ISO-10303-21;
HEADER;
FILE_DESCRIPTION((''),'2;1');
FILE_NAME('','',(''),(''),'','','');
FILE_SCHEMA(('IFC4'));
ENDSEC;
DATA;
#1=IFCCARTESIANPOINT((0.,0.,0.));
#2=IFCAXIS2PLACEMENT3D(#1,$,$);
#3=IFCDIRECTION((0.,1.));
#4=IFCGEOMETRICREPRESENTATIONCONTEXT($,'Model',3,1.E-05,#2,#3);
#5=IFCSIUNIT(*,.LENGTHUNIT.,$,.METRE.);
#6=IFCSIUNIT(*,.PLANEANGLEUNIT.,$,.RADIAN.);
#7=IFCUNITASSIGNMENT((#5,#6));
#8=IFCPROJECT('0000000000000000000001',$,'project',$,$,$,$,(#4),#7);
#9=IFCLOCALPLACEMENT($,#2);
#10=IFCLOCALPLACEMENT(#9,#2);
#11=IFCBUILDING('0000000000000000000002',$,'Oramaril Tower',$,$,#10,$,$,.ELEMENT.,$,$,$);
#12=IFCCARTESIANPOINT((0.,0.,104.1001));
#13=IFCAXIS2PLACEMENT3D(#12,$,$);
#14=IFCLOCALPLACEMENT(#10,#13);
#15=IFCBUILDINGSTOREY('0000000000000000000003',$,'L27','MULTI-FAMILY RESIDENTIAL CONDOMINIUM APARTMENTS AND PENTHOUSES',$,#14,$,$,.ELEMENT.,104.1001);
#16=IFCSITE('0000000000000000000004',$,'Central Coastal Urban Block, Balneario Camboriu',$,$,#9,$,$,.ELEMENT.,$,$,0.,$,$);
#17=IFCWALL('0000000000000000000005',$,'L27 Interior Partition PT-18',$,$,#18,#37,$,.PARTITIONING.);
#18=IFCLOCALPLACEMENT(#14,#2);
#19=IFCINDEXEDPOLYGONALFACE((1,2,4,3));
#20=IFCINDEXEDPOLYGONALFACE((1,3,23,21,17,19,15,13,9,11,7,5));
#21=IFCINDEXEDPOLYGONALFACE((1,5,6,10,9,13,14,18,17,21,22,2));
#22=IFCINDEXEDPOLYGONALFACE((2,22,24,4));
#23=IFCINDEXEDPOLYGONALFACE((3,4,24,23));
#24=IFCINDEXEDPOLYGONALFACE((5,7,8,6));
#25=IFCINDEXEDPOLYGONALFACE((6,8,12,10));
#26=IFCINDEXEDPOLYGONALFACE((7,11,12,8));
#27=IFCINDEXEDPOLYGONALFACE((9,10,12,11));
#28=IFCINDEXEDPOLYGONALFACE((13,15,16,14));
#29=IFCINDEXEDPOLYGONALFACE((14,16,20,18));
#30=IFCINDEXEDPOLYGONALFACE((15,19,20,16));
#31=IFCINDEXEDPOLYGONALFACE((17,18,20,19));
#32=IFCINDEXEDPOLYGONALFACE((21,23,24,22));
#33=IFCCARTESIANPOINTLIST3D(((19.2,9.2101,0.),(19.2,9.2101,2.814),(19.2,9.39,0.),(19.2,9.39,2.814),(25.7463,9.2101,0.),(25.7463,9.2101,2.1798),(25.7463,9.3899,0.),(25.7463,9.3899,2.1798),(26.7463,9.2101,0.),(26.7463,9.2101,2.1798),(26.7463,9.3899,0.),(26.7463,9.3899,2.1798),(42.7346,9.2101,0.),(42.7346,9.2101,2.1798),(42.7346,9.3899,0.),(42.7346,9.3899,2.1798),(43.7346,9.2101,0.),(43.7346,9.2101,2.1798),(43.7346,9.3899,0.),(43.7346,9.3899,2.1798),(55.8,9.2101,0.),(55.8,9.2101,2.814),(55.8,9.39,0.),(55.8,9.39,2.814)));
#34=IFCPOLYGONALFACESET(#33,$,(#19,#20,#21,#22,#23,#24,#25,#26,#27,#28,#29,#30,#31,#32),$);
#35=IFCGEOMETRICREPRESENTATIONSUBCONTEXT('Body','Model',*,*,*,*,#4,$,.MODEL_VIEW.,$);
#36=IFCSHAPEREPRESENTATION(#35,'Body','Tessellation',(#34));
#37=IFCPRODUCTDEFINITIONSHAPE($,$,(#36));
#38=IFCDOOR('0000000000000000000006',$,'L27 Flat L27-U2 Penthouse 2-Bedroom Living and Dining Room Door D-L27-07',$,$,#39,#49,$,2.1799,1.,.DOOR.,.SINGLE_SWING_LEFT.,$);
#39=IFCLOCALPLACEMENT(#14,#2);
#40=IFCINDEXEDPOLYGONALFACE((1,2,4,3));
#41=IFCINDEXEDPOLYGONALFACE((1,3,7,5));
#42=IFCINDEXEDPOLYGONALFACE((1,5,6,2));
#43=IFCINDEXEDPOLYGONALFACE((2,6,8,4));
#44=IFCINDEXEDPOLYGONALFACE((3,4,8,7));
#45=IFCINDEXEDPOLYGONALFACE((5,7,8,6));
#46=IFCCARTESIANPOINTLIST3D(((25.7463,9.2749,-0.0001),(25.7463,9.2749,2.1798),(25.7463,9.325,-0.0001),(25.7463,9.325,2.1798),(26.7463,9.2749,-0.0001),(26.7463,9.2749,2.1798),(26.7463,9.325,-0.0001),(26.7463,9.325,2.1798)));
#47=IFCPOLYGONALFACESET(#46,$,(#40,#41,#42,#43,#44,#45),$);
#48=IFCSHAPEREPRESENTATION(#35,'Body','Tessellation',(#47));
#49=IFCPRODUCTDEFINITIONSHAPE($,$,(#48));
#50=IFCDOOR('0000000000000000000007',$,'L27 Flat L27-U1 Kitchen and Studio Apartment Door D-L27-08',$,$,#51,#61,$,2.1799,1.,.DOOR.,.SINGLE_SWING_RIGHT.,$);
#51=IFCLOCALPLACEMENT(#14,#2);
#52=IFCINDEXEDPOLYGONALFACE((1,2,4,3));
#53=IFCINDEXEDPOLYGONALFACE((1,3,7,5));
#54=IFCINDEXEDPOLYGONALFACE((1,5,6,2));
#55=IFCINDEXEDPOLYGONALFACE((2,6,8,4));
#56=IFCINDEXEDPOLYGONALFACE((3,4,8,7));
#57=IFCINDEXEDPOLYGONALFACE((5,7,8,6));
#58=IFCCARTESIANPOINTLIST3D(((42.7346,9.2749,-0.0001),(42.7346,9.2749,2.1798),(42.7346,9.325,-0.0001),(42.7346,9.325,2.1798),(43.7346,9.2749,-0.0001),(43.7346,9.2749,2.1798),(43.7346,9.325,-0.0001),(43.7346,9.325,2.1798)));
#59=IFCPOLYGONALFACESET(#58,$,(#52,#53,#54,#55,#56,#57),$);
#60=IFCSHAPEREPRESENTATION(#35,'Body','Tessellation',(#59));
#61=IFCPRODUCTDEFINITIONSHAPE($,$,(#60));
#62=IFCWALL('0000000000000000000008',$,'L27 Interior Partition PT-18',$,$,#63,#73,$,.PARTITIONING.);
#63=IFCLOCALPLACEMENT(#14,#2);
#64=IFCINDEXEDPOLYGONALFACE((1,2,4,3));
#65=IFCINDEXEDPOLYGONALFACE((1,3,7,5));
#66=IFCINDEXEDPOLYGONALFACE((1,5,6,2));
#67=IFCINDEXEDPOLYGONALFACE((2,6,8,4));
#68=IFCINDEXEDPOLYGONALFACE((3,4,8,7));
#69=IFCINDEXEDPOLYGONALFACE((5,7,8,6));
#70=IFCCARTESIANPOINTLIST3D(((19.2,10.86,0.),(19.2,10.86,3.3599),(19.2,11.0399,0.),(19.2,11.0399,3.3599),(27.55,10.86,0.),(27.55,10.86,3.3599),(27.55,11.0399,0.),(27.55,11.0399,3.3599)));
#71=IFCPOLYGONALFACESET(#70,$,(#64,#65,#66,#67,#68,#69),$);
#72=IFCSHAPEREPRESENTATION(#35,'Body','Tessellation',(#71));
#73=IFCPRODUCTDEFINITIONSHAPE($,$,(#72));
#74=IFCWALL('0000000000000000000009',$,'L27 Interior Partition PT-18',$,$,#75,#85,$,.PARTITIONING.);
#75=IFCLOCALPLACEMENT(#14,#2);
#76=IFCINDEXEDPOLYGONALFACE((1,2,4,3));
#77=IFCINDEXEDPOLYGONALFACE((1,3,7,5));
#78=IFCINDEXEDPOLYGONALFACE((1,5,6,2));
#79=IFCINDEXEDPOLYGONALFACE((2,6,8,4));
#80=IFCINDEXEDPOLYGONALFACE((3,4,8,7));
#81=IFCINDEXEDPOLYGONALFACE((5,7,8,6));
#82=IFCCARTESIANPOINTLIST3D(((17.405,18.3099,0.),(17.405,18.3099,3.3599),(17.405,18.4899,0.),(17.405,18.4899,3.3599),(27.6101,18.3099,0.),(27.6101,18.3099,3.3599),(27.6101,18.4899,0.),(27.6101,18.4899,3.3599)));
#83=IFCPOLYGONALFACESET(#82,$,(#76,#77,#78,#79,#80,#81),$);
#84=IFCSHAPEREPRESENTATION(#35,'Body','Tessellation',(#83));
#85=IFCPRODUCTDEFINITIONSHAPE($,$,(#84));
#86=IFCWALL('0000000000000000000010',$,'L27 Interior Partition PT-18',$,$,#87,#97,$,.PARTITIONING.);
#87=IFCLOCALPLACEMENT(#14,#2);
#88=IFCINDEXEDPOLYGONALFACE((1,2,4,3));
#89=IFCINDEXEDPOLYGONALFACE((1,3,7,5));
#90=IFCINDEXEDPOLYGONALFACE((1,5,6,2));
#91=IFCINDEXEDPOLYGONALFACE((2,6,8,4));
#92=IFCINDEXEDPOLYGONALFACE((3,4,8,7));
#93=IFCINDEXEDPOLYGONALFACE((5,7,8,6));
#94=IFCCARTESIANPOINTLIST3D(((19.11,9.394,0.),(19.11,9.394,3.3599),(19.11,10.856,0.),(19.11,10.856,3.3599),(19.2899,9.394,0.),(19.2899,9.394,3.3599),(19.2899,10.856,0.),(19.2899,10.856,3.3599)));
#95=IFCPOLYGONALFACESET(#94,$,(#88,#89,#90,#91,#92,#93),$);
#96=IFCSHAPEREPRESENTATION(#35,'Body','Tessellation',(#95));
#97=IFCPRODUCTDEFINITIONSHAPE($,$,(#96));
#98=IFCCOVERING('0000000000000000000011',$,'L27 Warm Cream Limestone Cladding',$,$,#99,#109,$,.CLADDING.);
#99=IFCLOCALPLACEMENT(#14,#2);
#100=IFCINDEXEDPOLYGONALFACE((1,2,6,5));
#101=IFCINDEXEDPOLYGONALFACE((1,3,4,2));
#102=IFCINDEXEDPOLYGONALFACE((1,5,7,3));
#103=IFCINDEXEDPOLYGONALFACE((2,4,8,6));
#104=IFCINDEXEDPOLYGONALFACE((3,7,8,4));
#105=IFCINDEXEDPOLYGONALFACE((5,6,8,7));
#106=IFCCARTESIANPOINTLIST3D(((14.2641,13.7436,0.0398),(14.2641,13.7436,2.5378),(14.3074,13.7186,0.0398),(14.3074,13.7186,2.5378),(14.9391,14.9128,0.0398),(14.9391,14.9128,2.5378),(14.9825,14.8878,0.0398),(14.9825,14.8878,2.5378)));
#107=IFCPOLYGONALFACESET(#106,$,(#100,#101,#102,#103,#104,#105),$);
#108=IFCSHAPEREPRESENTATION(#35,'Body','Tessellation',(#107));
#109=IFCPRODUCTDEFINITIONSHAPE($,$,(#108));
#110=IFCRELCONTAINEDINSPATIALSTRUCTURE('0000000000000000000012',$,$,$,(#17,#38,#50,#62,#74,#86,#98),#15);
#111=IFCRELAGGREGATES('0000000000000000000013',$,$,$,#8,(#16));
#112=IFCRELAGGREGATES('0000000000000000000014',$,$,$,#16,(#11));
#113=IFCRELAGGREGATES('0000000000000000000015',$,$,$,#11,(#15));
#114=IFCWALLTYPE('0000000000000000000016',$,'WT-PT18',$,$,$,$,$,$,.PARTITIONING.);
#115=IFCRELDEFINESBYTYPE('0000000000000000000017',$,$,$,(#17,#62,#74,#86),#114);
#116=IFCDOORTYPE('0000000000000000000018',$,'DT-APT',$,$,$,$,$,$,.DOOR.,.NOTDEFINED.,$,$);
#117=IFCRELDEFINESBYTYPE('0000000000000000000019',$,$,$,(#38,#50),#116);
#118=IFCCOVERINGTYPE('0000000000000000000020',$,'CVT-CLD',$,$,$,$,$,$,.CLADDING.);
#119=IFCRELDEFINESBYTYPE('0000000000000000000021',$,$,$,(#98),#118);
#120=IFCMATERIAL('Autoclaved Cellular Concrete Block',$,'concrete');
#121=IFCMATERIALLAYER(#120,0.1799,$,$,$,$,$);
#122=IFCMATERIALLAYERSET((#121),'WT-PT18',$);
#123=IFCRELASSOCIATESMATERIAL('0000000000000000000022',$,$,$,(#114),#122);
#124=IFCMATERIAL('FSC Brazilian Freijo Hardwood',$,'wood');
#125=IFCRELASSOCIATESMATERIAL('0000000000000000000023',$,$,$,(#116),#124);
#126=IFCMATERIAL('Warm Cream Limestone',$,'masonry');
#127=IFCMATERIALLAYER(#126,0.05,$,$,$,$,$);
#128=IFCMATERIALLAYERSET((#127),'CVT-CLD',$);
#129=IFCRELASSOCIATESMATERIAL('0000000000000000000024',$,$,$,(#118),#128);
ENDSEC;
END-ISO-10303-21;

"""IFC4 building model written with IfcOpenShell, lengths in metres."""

from ifc_helpers import new_model, si_unit, direction, frame, frame_2d, origin, origin_2d, place, context, subcontext, project, spatial, rectangle, extrude, material, layer, layer_set, type_object, element, fill, save


model = new_model("IFC4")

# Units and contexts
model_context = context("Model", 3, precision=1e-05, world=origin(), true_north=direction((0.0, 1.0)))
body_context = subcontext(model_context, "Body", "Model", "MODEL_VIEW")
ifc_project = project(units=[si_unit("LENGTHUNIT", "METRE"), si_unit("PLANEANGLEUNIT", "RADIAN")], contexts=[model_context])

# Site, building, storey
site_placement = place(None, origin())
site = spatial("IfcSite", under=ifc_project, at=site_placement, Name="Central Coastal Urban Block, Balneario Camboriu", CompositionType="ELEMENT", RefElevation=0.0)
building_placement = place(site_placement, origin())
building = spatial("IfcBuilding", under=site, at=building_placement, Name="Oramaril Tower", CompositionType="ELEMENT")
storey_placement = place(building_placement, frame((0.0, 0.0, 104.1001)))
storey = spatial("IfcBuildingStorey", under=building, at=storey_placement, Name="L27", Description="MULTI-FAMILY RESIDENTIAL CONDOMINIUM APARTMENTS AND PENTHOUSES", CompositionType="ELEMENT", Elevation=104.1001)

# Wall, openings, doors
ifc_material_1 = material(Name="Autoclaved Cellular Concrete Block", Category="concrete")
ifc_layer_1 = layer(ifc_material_1, 0.1799)
ifc_layer_set_1 = layer_set([ifc_layer_1], Name="WT-PT18")
wall_type_1 = type_object("IfcWallType", Name="WT-PT18", PredefinedType="PARTITIONING", material=ifc_layer_set_1)
wall_1_placement = place(storey_placement, frame((19.2, 9.3, 0.0), z_axis=(0.0, 0.0, 1.0), x_axis=(1.0, 0.0, 0.0)))
wall_1 = element("IfcWall", 1, at=wall_1_placement, inside=storey, type_object=wall_type_1, Name="L27 Interior Partition PT-18", PredefinedType="PARTITIONING", context=body_context, shape_type="SweptSolid", body=[
    extrude(rectangle(XDim=36.6001, YDim=0.1799, at=frame_2d((18.3, 0.0))), origin(), (0.0, 0.0, 1.0), 2.814),
])
opening_1_placement = place(wall_1_placement, frame((6.5464, 0.0, 0.0)))
opening_1 = element("IfcOpeningElement", 2, at=opening_1_placement, cuts=wall_1, PredefinedType="OPENING", context=body_context, shape_type="SweptSolid", body=[
    extrude(rectangle(XDim=1.0, YDim=2.1799, at=frame_2d((0.5, 1.0898))), frame((0.0, 0.0898, 0.0), z_axis=(0.0, -1.0, 0.0), x_axis=(1.0, 0.0, 0.0)), (0.0, 0.0, 1.0), 0.1799),
])
opening_2_placement = place(wall_1_placement, frame((23.5347, 0.0, 0.0)))
opening_2 = element("IfcOpeningElement", 3, at=opening_2_placement, cuts=wall_1, PredefinedType="OPENING", context=body_context, shape_type="SweptSolid", body=[
    extrude(rectangle(XDim=1.0, YDim=2.1799, at=frame_2d((0.5, 1.0898))), frame((0.0, 0.0898, 0.0), z_axis=(0.0, -1.0, 0.0), x_axis=(1.0, 0.0, 0.0)), (0.0, 0.0, 1.0), 0.1799),
])
ifc_material_2 = material(Name="FSC Brazilian Freijo Hardwood", Category="wood")
door_type = type_object("IfcDoorType", Name="DT-APT", OperationType="NOTDEFINED", PredefinedType="DOOR", material=ifc_material_2)
door_1_placement = place(opening_1_placement, origin())
door_1 = element("IfcDoor", 4, at=door_1_placement, inside=storey, type_object=door_type, Name="L27 Flat L27-U2 Penthouse 2-Bedroom Living and Dining Room Door D-L27-07", OperationType="SINGLE_SWING_LEFT", OverallHeight=2.1799, OverallWidth=1.0, PredefinedType="DOOR", context=body_context, shape_type="SweptSolid", body=[
    extrude(rectangle(XDim=1.0, YDim=2.1799, at=frame_2d((0.5, 1.0898))), frame((0.0, 0.0249, 0.0), z_axis=(0.0, -1.0, 0.0), x_axis=(1.0, 0.0, 0.0)), (0.0, 0.0, 1.0), 0.05),
])
fill(opening_1, door_1)
door_2_placement = place(opening_2_placement, origin())
door_2 = element("IfcDoor", 5, at=door_2_placement, inside=storey, type_object=door_type, Name="L27 Flat L27-U1 Kitchen and Studio Apartment Door D-L27-08", OperationType="SINGLE_SWING_RIGHT", OverallHeight=2.1799, OverallWidth=1.0, PredefinedType="DOOR", context=body_context, shape_type="SweptSolid", body=[
    extrude(rectangle(XDim=1.0, YDim=2.1799, at=frame_2d((0.5, 1.0898))), frame((0.0, 0.0249, 0.0), z_axis=(0.0, -1.0, 0.0), x_axis=(1.0, 0.0, 0.0)), (0.0, 0.0, 1.0), 0.05),
])
fill(opening_2, door_2)

# Walls
wall_2_placement = place(storey_placement, frame((19.2, 10.95, 0.0), z_axis=(0.0, 0.0, 1.0), x_axis=(1.0, 0.0, 0.0)))
element("IfcWall", 6, at=wall_2_placement, inside=storey, type_object=wall_type_1, Name="L27 Interior Partition PT-18", PredefinedType="PARTITIONING", context=body_context, shape_type="SweptSolid", body=[
    extrude(rectangle(XDim=8.3501, YDim=0.1799, at=frame_2d((4.175, 0.0))), origin(), (0.0, 0.0, 1.0), 3.3599),
])
wall_3_placement = place(storey_placement, frame((17.405, 18.3999, 0.0), z_axis=(0.0, 0.0, 1.0), x_axis=(1.0, 0.0, 0.0)))
element("IfcWall", 7, at=wall_3_placement, inside=storey, type_object=wall_type_1, Name="L27 Interior Partition PT-18", PredefinedType="PARTITIONING", context=body_context, shape_type="SweptSolid", body=[
    extrude(rectangle(XDim=10.2051, YDim=0.1799, at=frame_2d((5.1025, 0.0))), origin(), (0.0, 0.0, 1.0), 3.3599),
])
wall_4_placement = place(storey_placement, frame((19.2, 9.394, 0.0), z_axis=(0.0, 0.0, 1.0), x_axis=(0.0, 1.0, 0.0)))
element("IfcWall", 8, at=wall_4_placement, inside=storey, type_object=wall_type_1, Name="L27 Interior Partition PT-18", PredefinedType="PARTITIONING", context=body_context, shape_type="SweptSolid", body=[
    extrude(rectangle(XDim=1.4619, YDim=0.1799, at=frame_2d((0.731, 0.0))), origin(), (0.0, 0.0, 1.0), 3.3599),
])

# Covering
ifc_material_3 = material(Name="Warm Cream Limestone", Category="masonry")
ifc_layer_2 = layer(ifc_material_3, 0.05)
ifc_layer_set_2 = layer_set([ifc_layer_2], Name="CVT-CLD")
covering_type = type_object("IfcCoveringType", Name="CVT-CLD", PredefinedType="CLADDING", material=ifc_layer_set_2)
covering_placement = place(storey_placement, frame((14.6233, 14.3157, 0.0398), z_axis=(0.0, 0.0, 1.0), x_axis=(-0.5, -0.866025, 0.0)))
element("IfcCovering", 9, at=covering_placement, inside=storey, type_object=covering_type, Name="L27 Warm Cream Limestone Cladding", PredefinedType="CLADDING", context=body_context, shape_type="SweptSolid", body=[
    extrude(rectangle(XDim=1.3501, YDim=0.05, at=origin_2d()), origin(), (0.0, 0.0, 1.0), 2.498),
])

save(model, "model.ifc")
